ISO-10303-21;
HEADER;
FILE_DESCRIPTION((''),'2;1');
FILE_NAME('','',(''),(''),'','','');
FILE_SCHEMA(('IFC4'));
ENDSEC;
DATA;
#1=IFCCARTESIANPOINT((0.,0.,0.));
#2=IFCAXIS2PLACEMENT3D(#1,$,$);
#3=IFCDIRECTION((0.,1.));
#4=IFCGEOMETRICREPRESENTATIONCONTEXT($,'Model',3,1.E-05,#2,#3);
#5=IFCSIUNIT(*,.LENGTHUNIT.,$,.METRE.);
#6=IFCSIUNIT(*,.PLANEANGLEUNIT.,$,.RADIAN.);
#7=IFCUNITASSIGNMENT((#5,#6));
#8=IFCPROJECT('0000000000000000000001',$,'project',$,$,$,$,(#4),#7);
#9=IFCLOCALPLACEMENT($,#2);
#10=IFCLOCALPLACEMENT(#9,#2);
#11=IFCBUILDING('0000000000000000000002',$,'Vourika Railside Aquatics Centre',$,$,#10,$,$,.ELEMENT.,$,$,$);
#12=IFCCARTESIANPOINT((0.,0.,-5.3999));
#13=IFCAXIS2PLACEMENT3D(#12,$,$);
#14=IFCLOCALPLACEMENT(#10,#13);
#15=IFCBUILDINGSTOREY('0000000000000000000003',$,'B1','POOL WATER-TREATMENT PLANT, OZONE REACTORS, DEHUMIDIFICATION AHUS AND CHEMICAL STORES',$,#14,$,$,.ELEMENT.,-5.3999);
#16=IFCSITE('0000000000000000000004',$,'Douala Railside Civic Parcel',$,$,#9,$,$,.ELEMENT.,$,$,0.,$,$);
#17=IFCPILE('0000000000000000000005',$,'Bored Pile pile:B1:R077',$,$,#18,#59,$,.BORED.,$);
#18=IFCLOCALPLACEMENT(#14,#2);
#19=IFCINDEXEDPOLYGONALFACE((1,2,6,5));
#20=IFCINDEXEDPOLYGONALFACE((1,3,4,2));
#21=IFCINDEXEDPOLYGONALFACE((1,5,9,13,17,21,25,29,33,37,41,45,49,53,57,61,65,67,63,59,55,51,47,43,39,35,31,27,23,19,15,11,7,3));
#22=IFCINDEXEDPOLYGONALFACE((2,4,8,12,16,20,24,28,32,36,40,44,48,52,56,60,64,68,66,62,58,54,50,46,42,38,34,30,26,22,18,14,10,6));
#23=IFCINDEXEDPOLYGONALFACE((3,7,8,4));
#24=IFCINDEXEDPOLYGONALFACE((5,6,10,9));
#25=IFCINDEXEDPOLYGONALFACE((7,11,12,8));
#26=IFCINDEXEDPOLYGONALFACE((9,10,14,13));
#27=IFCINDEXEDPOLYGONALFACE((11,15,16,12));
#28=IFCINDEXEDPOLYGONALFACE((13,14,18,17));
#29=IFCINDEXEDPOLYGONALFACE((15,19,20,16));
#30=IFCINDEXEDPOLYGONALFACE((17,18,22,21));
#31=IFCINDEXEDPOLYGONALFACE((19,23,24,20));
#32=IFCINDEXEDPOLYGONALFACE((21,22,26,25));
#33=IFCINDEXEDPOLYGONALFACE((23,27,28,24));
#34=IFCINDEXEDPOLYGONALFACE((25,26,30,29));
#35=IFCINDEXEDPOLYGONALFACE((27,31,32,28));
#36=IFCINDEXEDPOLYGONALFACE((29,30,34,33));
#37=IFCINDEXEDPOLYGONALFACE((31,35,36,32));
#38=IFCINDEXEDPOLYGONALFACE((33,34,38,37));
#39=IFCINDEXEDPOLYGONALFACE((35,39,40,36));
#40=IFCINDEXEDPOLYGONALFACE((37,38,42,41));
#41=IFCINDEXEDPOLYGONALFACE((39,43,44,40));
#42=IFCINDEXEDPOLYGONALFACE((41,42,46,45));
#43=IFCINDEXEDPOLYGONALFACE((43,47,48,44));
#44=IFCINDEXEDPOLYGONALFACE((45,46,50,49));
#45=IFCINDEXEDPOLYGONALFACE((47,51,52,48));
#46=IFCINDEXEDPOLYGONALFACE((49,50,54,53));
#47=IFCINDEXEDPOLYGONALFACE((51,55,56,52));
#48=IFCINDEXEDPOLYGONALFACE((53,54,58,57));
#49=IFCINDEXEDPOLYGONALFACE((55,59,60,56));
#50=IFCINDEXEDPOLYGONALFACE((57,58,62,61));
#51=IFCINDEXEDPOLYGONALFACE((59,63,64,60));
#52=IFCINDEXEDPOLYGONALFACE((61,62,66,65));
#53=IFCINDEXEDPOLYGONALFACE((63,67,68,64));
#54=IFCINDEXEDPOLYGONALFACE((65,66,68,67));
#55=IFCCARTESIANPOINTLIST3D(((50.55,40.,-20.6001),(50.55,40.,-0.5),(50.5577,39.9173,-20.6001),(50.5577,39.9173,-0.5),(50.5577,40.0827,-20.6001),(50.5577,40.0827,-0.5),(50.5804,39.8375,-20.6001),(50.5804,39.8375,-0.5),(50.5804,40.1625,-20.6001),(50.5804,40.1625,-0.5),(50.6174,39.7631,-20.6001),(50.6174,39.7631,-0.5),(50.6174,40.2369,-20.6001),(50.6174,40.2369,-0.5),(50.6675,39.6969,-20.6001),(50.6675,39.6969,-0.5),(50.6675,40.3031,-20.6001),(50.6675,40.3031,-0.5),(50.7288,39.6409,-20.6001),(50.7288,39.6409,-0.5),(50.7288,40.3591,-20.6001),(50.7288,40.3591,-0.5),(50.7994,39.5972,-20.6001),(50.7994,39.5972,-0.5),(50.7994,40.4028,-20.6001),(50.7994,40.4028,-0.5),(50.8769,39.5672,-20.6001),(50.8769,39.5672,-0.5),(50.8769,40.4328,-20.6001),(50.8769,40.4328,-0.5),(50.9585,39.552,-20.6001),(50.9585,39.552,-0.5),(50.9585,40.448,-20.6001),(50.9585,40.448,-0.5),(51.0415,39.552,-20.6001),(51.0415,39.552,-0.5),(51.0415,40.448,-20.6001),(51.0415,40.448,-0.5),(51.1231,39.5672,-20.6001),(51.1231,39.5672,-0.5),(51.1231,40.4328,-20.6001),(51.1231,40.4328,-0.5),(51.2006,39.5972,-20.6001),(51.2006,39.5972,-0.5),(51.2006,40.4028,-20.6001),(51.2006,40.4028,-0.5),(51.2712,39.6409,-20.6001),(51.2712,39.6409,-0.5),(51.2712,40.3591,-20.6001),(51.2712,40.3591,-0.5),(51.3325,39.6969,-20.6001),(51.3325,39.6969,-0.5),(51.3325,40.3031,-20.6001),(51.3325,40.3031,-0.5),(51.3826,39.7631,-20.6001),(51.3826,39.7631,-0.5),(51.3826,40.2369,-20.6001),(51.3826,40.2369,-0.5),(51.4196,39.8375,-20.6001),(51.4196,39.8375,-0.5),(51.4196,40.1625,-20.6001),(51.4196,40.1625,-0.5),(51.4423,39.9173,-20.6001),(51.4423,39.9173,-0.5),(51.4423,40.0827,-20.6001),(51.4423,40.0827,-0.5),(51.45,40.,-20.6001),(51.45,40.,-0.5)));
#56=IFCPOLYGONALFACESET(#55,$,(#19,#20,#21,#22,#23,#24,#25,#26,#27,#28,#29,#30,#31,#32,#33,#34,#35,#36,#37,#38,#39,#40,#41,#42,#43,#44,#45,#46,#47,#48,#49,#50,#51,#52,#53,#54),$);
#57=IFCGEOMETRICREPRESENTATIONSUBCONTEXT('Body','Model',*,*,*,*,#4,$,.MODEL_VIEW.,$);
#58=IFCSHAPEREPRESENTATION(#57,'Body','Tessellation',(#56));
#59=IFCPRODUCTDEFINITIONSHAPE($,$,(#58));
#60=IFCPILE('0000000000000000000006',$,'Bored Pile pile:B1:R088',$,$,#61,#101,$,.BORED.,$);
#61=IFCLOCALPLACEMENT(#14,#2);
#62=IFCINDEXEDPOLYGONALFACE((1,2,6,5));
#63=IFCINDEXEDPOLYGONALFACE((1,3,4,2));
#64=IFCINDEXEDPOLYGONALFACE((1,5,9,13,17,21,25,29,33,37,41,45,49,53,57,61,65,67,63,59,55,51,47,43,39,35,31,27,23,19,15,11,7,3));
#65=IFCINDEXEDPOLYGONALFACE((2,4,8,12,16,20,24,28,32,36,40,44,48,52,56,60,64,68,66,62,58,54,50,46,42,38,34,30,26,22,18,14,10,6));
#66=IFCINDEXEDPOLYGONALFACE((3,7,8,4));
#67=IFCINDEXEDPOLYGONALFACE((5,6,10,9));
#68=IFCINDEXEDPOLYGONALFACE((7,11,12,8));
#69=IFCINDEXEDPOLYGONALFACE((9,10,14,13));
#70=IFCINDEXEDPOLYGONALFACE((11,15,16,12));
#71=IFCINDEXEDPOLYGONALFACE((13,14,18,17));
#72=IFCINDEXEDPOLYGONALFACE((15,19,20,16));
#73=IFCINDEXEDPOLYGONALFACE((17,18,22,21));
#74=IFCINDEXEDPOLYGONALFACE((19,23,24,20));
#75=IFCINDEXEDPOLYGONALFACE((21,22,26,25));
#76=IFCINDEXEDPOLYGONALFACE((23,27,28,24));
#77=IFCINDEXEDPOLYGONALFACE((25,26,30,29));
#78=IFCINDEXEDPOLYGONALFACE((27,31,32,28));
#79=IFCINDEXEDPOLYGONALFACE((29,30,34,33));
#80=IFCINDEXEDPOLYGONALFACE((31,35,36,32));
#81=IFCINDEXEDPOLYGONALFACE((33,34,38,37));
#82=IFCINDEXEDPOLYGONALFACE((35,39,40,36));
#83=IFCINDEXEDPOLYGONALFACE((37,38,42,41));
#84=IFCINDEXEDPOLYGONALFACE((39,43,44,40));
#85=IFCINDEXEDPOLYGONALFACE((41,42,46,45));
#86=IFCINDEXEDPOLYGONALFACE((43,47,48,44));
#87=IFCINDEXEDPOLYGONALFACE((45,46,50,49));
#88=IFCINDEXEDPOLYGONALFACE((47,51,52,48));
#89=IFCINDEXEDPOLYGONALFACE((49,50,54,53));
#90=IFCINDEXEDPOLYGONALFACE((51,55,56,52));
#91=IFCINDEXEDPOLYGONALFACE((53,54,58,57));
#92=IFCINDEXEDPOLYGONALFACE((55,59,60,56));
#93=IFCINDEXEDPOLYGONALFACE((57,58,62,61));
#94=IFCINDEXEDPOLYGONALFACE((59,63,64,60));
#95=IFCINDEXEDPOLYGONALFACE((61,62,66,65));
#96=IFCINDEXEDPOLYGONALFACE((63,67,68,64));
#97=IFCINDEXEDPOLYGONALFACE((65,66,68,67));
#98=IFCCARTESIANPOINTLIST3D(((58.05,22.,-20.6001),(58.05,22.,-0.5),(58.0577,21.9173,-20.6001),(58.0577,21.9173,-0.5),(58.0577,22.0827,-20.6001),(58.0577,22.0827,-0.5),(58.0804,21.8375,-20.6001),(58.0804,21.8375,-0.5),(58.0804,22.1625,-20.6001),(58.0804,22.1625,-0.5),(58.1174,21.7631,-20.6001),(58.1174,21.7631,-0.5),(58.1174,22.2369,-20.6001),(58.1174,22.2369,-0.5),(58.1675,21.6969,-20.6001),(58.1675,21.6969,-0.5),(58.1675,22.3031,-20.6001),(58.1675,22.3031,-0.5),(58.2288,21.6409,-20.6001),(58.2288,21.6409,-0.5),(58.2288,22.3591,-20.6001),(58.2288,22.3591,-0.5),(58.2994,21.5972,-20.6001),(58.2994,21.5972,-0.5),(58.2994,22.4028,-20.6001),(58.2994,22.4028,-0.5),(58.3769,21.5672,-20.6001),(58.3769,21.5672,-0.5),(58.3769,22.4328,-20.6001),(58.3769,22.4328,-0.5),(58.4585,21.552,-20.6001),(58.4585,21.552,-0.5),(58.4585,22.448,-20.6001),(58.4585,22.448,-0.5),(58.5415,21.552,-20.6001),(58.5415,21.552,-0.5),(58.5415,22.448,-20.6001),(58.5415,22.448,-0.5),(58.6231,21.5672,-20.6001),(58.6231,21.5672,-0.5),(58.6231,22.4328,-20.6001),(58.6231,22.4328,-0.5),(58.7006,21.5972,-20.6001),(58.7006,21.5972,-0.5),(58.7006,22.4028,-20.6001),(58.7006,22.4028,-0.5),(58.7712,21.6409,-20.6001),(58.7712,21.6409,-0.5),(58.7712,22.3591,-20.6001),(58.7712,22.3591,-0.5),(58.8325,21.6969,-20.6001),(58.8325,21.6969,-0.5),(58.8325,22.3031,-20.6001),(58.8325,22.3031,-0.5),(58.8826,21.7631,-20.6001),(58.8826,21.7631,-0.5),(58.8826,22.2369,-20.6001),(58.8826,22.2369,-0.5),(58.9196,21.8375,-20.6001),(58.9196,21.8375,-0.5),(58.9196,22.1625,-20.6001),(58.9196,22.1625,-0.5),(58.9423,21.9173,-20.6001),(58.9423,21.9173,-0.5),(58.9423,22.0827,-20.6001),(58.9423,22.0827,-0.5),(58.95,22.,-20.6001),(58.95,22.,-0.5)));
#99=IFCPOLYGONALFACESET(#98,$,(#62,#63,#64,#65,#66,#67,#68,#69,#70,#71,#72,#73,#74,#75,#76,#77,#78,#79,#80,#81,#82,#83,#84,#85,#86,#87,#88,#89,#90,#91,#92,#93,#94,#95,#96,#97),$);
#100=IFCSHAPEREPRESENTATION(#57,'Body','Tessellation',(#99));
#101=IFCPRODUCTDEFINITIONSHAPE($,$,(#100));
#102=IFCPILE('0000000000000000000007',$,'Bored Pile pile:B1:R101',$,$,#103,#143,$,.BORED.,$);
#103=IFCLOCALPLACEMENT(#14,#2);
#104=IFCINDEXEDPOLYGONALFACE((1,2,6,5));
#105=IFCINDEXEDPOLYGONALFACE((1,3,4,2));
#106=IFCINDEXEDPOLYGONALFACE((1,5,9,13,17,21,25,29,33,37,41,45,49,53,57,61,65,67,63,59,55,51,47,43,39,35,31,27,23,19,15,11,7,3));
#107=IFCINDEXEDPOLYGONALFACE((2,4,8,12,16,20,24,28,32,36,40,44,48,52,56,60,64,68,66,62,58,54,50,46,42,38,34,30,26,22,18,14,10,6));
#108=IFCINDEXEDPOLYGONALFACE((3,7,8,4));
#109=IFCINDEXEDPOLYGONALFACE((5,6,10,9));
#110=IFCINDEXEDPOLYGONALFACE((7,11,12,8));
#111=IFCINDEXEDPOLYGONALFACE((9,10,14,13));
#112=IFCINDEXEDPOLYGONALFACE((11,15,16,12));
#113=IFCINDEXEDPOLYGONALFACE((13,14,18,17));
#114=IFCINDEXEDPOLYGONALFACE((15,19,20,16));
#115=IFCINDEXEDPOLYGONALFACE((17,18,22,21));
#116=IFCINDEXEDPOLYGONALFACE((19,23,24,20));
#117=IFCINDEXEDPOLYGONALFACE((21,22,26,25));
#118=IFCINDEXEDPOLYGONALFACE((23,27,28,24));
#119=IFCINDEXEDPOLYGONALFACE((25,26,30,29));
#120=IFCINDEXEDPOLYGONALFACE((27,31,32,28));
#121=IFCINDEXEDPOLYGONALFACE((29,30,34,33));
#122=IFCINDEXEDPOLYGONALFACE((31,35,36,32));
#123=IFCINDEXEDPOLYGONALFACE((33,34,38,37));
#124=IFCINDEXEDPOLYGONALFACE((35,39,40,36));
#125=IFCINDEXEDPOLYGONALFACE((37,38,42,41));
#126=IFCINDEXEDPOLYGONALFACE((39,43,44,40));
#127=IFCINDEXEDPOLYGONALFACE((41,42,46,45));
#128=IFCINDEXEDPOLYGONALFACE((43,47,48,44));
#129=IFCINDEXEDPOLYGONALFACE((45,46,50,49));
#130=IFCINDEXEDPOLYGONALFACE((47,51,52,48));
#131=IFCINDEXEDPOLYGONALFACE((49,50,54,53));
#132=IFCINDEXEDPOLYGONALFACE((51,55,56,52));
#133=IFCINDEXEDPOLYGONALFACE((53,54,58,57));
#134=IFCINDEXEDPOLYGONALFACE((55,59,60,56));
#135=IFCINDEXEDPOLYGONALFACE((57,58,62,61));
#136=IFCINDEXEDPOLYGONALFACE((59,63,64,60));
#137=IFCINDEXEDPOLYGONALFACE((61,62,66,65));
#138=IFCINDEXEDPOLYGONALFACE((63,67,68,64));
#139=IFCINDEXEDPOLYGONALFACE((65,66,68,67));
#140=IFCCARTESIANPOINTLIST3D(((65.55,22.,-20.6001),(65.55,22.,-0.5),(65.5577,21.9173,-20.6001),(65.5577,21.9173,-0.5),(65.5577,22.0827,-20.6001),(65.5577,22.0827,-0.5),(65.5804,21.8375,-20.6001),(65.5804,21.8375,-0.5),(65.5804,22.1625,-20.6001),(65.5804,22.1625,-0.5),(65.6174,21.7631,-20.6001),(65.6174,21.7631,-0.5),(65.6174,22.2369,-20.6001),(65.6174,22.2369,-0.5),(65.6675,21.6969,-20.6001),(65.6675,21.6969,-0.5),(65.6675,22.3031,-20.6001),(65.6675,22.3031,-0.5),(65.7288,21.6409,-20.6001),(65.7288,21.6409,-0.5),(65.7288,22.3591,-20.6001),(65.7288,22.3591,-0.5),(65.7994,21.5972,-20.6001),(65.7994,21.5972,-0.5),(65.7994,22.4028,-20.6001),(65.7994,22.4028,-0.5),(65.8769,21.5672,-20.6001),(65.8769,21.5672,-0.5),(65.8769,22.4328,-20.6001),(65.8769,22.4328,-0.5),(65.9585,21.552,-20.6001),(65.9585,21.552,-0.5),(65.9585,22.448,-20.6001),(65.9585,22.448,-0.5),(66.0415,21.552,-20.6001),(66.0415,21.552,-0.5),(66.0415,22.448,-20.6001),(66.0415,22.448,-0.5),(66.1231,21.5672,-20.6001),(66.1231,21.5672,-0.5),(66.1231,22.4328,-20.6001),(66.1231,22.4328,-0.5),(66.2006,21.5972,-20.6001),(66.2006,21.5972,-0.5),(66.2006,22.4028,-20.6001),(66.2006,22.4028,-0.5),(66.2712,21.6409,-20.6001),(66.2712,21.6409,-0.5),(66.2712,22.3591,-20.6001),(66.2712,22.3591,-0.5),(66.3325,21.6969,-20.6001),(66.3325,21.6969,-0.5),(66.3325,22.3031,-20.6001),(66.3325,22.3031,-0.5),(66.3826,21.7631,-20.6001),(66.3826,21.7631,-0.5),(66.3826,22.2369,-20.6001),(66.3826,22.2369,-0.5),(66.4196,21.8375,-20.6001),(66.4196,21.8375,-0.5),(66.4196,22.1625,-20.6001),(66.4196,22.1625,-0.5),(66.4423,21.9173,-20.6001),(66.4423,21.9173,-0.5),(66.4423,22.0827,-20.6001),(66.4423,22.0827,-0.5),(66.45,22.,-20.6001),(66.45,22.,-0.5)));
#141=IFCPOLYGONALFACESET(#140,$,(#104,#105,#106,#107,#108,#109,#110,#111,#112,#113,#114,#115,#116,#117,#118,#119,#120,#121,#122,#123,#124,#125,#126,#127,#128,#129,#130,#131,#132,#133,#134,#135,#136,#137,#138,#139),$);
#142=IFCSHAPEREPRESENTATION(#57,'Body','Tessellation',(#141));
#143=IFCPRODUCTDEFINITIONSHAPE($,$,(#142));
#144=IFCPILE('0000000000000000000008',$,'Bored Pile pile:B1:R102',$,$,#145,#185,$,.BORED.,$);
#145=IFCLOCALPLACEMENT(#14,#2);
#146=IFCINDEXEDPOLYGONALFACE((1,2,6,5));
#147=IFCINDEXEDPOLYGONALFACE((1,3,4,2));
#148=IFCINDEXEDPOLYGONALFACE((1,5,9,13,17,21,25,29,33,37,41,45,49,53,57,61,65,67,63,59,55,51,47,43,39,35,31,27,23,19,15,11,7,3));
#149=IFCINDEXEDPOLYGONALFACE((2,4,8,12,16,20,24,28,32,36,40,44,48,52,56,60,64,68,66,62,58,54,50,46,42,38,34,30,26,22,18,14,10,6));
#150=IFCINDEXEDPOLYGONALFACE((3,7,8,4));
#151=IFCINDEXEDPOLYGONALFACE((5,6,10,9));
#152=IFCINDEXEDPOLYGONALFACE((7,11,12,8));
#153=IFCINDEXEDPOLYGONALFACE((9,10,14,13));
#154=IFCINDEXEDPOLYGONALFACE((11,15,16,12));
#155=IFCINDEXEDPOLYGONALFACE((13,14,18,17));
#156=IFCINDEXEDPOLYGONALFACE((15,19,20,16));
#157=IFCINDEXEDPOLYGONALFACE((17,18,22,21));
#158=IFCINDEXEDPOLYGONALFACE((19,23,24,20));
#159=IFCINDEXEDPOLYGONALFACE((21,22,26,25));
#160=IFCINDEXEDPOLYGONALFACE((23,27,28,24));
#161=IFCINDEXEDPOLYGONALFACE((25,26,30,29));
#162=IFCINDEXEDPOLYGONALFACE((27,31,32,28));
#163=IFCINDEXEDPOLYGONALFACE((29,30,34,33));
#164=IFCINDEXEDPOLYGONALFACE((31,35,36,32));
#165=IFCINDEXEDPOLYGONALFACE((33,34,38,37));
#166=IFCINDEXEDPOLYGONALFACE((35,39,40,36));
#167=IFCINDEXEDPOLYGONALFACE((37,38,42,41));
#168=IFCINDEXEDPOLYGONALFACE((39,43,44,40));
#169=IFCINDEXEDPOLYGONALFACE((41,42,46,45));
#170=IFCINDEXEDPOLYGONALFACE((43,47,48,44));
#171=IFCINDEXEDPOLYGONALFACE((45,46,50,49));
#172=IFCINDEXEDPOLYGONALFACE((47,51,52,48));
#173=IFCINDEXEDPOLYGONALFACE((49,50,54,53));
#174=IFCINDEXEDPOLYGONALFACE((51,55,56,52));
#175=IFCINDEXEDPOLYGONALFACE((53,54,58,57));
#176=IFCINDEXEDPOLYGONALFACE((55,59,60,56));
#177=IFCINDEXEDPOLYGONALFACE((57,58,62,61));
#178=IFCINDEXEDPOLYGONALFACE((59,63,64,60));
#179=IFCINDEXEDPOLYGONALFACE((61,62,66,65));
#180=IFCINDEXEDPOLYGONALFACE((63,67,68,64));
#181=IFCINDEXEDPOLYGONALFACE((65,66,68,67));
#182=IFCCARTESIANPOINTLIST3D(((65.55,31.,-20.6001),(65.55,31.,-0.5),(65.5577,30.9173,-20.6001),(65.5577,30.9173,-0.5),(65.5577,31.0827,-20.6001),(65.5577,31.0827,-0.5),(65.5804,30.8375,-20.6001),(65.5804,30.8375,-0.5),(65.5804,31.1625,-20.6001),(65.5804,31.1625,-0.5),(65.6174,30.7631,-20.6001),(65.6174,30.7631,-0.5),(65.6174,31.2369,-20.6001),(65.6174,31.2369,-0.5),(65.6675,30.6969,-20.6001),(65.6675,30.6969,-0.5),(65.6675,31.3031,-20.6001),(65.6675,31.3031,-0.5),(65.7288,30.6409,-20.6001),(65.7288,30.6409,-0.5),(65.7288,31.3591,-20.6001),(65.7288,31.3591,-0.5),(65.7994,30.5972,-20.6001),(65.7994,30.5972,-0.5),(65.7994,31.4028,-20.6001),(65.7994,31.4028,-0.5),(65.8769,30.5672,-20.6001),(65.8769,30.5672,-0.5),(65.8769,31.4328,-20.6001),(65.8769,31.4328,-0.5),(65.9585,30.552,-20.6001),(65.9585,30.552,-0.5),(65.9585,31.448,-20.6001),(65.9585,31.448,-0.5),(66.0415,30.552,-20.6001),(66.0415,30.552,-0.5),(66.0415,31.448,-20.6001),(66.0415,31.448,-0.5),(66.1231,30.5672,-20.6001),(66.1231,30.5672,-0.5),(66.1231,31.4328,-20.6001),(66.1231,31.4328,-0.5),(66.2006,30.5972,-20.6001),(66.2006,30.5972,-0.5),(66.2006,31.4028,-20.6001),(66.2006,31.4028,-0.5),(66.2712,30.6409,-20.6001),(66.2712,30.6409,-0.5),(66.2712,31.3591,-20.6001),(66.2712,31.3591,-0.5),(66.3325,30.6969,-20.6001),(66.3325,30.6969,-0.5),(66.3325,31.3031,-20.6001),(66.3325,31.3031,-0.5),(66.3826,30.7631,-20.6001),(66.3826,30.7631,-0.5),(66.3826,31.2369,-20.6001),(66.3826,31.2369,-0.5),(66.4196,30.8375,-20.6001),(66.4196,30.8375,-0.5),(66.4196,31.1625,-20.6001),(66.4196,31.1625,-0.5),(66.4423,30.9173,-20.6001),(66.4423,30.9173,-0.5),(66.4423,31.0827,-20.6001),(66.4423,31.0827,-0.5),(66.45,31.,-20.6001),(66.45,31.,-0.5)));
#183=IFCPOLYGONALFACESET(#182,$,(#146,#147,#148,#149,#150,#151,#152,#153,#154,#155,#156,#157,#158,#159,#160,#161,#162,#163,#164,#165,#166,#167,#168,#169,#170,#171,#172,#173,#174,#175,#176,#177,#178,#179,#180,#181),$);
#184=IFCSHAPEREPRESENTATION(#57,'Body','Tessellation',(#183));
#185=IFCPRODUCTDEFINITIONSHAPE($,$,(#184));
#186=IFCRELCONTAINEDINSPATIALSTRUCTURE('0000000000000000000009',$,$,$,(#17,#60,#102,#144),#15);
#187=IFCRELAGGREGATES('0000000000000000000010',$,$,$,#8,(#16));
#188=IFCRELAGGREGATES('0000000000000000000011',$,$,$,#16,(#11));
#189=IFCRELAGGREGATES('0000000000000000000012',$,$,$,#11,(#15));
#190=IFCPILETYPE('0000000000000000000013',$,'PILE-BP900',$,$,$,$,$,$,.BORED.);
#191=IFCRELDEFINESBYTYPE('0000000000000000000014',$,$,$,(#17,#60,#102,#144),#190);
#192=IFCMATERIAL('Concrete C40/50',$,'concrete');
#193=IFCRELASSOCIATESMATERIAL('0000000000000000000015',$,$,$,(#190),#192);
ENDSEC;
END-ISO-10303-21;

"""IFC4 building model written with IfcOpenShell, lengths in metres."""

from ifc_helpers import new_model, si_unit, direction, frame, origin, origin_2d, place, context, subcontext, project, spatial, circle, extrude, material, material_profile, profile_set, type_object, element, save


model = new_model("IFC4")

# Units and contexts
model_context = context("Model", 3, precision=1e-05, world=origin(), true_north=direction((0.0, 1.0)))
body_context = subcontext(model_context, "Body", "Model", "MODEL_VIEW")
ifc_project = project(units=[si_unit("LENGTHUNIT", "METRE"), si_unit("PLANEANGLEUNIT", "RADIAN")], contexts=[model_context])

# Site, building, storey
site_placement = place(None, origin())
site = spatial("IfcSite", under=ifc_project, at=site_placement, Name="Douala Railside Civic Parcel", CompositionType="ELEMENT", RefElevation=0.0)
building_placement = place(site_placement, origin())
building = spatial("IfcBuilding", under=site, at=building_placement, Name="Vourika Railside Aquatics Centre", CompositionType="ELEMENT")
storey_placement = place(building_placement, frame((0.0, 0.0, -5.3999)))
storey = spatial("IfcBuildingStorey", under=building, at=storey_placement, Name="B1", Description="POOL WATER-TREATMENT PLANT, OZONE REACTORS, DEHUMIDIFICATION AHUS AND CHEMICAL STORES", CompositionType="ELEMENT", Elevation=-5.3999)

# Piles
ifc_material_1 = material(Name="Concrete C40/50", Category="concrete")
ifc_material_profile_1 = material_profile(ifc_material_1, circle(Radius=0.45, at=origin_2d()), Name="BP 900")
ifc_profile_set_1 = profile_set([ifc_material_profile_1], Name="Concrete C40/50")
pile_type_1 = type_object("IfcPileType", Name="PILE-BP900", PredefinedType="BORED", material=ifc_profile_set_1)
for number, where, z_axis, x_axis, name in (
    (1, (51.0, 40.0, -0.5), (0.0, 0.0, -1.0), (1.0, 0.0, 0.0), "Bored Pile pile:B1:R077"),
    (2, (58.5, 22.0, -0.5), (0.0, 0.0, -1.0), (1.0, 0.0, 0.0), "Bored Pile pile:B1:R088"),
    (3, (66.0, 22.0, -0.5), (0.0, 0.0, -1.0), (1.0, 0.0, 0.0), "Bored Pile pile:B1:R101"),
    (4, (66.0, 31.0, -0.5), (0.0, 0.0, -1.0), (1.0, 0.0, 0.0), "Bored Pile pile:B1:R102"),
):
    element("IfcPile", number, at=place(storey_placement, frame(where, z_axis=z_axis, x_axis=x_axis)), inside=storey, type_object=pile_type_1, Name=name, PredefinedType="BORED", context=body_context, shape_type="SweptSolid", body=[
        extrude(circle(Radius=0.45, at=origin_2d()), origin(), (0.0, 0.0, 1.0), 20.1001),
    ])

save(model, "model.ifc")
